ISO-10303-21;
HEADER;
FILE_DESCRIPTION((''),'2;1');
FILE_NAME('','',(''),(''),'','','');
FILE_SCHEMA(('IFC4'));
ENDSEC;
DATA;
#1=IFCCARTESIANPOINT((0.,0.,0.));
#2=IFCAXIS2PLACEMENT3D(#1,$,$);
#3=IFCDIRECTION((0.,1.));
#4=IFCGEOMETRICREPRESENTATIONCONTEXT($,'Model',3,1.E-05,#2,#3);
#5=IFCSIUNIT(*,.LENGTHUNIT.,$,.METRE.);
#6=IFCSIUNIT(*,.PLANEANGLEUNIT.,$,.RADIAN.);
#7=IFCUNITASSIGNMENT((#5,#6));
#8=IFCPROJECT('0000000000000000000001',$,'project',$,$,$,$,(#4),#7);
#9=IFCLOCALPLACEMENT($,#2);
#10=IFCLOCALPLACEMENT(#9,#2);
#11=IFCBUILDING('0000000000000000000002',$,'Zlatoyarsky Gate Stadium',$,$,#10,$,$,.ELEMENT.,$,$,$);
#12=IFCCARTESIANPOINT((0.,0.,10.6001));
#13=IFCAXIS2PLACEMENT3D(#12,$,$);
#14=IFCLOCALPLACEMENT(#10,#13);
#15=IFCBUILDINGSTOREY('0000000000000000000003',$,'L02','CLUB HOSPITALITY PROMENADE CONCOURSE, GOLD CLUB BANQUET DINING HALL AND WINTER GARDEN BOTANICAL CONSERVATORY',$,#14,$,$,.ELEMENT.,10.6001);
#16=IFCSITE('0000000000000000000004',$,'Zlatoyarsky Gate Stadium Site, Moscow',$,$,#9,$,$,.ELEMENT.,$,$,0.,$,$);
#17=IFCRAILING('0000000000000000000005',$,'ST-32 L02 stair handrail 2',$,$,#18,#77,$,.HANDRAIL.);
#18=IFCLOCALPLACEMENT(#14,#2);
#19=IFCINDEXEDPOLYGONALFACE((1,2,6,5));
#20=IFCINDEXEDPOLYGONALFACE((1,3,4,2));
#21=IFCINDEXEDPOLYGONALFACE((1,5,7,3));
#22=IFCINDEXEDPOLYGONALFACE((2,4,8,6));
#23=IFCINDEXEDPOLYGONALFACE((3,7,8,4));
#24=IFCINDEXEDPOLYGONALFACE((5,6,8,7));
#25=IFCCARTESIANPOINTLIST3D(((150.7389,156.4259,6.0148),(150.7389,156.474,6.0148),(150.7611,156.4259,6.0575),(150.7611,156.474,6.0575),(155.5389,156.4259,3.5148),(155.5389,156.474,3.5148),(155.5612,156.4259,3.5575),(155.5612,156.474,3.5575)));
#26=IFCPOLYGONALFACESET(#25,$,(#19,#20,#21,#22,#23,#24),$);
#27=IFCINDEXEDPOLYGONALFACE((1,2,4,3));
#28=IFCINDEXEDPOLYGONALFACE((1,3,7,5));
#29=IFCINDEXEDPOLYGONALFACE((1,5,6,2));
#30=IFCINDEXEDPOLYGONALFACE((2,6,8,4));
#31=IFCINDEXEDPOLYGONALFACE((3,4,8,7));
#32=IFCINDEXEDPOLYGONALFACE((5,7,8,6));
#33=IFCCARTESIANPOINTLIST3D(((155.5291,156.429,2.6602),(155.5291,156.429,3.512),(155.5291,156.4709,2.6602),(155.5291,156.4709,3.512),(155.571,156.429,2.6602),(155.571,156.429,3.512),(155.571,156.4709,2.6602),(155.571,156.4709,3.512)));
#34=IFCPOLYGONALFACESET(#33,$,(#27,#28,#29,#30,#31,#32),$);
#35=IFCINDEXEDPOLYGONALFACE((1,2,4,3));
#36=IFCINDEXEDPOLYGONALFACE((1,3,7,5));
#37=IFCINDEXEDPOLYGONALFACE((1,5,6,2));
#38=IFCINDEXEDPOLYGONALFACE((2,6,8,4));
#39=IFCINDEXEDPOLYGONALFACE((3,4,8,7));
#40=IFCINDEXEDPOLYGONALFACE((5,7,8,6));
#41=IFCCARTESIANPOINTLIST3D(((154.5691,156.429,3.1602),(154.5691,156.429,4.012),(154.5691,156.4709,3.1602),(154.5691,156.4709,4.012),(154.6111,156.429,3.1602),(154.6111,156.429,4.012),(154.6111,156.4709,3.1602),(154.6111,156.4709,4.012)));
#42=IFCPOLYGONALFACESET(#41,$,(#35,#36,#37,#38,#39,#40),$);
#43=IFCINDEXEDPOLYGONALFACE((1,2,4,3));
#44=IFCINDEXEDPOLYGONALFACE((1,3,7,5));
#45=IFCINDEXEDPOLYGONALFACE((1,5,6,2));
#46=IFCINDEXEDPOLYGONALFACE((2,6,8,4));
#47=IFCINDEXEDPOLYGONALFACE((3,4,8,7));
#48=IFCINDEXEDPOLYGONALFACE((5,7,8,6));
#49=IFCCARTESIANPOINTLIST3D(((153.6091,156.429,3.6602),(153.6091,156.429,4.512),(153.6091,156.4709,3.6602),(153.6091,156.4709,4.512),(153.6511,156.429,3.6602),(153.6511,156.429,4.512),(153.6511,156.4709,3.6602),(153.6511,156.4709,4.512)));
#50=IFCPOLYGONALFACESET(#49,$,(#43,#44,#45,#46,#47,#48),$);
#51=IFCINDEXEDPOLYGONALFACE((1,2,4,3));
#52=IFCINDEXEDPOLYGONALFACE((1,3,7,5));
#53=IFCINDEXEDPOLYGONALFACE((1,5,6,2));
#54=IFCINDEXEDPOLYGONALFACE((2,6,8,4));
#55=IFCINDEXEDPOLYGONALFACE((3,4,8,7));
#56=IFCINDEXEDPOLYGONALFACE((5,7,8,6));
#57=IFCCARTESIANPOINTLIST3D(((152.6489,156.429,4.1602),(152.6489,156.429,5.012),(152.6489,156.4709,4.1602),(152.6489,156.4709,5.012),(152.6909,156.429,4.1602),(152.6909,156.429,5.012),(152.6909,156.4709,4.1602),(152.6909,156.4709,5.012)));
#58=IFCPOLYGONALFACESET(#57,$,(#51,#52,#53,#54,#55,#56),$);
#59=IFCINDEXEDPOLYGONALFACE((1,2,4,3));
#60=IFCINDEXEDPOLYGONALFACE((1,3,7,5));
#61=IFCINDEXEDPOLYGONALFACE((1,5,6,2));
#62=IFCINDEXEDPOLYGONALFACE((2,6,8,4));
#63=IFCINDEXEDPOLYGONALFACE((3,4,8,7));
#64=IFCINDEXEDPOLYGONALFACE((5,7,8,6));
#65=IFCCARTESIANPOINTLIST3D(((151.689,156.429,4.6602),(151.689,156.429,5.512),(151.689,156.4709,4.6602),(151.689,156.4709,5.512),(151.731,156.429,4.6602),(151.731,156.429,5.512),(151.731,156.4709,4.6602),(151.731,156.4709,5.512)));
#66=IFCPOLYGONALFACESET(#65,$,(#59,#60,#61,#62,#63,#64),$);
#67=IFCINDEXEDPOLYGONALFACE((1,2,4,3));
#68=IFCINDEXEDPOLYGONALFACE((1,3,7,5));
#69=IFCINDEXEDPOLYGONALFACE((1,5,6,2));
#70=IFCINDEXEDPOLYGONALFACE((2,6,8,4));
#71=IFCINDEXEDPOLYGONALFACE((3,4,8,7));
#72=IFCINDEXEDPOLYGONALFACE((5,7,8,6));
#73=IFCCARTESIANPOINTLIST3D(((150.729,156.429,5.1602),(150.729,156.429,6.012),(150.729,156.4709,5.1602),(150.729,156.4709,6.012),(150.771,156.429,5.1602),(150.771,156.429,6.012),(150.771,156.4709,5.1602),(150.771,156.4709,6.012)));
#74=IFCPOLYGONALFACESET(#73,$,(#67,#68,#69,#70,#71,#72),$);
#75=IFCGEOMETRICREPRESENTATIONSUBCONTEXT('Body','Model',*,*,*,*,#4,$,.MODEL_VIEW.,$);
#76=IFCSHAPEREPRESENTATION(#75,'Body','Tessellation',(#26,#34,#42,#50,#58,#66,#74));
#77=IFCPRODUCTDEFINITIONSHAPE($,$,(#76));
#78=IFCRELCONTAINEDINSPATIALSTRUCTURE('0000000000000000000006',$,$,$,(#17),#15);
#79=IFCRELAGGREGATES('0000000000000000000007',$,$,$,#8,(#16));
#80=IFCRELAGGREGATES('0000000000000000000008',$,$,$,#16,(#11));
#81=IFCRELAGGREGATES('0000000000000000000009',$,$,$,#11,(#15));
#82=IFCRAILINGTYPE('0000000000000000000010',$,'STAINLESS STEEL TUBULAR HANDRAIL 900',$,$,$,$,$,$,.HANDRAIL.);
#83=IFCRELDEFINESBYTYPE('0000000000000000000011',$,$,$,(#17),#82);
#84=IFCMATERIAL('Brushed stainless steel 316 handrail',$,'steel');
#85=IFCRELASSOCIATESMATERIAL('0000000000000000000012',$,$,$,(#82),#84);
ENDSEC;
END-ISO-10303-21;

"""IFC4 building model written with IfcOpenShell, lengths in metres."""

from ifc_helpers import new_model, si_unit, direction, frame, origin, origin_2d, place, context, subcontext, project, spatial, rectangle, extrude, material, type_object, element, save


model = new_model("IFC4")

# Units and contexts
model_context = context("Model", 3, precision=1e-05, world=origin(), true_north=direction((0.0, 1.0)))
body_context = subcontext(model_context, "Body", "Model", "MODEL_VIEW")
ifc_project = project(units=[si_unit("LENGTHUNIT", "METRE"), si_unit("PLANEANGLEUNIT", "RADIAN")], contexts=[model_context])

# Site, building, storey
site_placement = place(None, origin())
site = spatial("IfcSite", under=ifc_project, at=site_placement, Name="Zlatoyarsky Gate Stadium Site, Moscow", CompositionType="ELEMENT", RefElevation=0.0)
building_placement = place(site_placement, origin())
building = spatial("IfcBuilding", under=site, at=building_placement, Name="Zlatoyarsky Gate Stadium", CompositionType="ELEMENT")
storey_placement = place(building_placement, frame((0.0, 0.0, 10.6001)))
storey = spatial("IfcBuildingStorey", under=building, at=storey_placement, Name="L02", Description="CLUB HOSPITALITY PROMENADE CONCOURSE, GOLD CLUB BANQUET DINING HALL AND WINTER GARDEN BOTANICAL CONSERVATORY", CompositionType="ELEMENT", Elevation=10.6001)

# Railing
ifc_material_1 = material(Name="Brushed stainless steel 316 handrail", Category="steel")
railing_type_1 = type_object("IfcRailingType", Name="STAINLESS STEEL TUBULAR HANDRAIL 900", PredefinedType="HANDRAIL", material=ifc_material_1)
railing_1_placement = place(storey_placement, frame((155.55, 156.45, 2.6602)))
element("IfcRailing", 1, at=railing_1_placement, inside=storey, type_object=railing_type_1, Name="ST-32 L02 stair handrail 2", PredefinedType="HANDRAIL", context=body_context, shape_type="SweptSolid", body=[
    extrude(rectangle(XDim=0.0481, YDim=0.0481, at=origin_2d()), frame((0.0, 0.0, 0.876), z_axis=(-0.886916, 0.0, 0.461931), x_axis=(0.0, -1.0, 0.0)), (0.0, 0.0, 1.0), 5.4121),
    extrude(rectangle(XDim=0.042, YDim=0.042, at=origin_2d()), origin(), (0.0, 0.0, 1.0), 0.8518),
    extrude(rectangle(XDim=0.042, YDim=0.042, at=origin_2d()), frame((-0.96, 0.0, 0.5)), (0.0, 0.0, 1.0), 0.8518),
    extrude(rectangle(XDim=0.042, YDim=0.042, at=origin_2d()), frame((-1.9199, 0.0, 1.0)), (0.0, 0.0, 1.0), 0.8518),
    extrude(rectangle(XDim=0.042, YDim=0.042, at=origin_2d()), frame((-2.8801, 0.0, 1.5)), (0.0, 0.0, 1.0), 0.8518),
    extrude(rectangle(XDim=0.042, YDim=0.042, at=origin_2d()), frame((-3.8401, 0.0, 2.0)), (0.0, 0.0, 1.0), 0.8518),
    extrude(rectangle(XDim=0.042, YDim=0.042, at=origin_2d()), frame((-4.8, 0.0, 2.5)), (0.0, 0.0, 1.0), 0.8518),
])

save(model, "model.ifc")
